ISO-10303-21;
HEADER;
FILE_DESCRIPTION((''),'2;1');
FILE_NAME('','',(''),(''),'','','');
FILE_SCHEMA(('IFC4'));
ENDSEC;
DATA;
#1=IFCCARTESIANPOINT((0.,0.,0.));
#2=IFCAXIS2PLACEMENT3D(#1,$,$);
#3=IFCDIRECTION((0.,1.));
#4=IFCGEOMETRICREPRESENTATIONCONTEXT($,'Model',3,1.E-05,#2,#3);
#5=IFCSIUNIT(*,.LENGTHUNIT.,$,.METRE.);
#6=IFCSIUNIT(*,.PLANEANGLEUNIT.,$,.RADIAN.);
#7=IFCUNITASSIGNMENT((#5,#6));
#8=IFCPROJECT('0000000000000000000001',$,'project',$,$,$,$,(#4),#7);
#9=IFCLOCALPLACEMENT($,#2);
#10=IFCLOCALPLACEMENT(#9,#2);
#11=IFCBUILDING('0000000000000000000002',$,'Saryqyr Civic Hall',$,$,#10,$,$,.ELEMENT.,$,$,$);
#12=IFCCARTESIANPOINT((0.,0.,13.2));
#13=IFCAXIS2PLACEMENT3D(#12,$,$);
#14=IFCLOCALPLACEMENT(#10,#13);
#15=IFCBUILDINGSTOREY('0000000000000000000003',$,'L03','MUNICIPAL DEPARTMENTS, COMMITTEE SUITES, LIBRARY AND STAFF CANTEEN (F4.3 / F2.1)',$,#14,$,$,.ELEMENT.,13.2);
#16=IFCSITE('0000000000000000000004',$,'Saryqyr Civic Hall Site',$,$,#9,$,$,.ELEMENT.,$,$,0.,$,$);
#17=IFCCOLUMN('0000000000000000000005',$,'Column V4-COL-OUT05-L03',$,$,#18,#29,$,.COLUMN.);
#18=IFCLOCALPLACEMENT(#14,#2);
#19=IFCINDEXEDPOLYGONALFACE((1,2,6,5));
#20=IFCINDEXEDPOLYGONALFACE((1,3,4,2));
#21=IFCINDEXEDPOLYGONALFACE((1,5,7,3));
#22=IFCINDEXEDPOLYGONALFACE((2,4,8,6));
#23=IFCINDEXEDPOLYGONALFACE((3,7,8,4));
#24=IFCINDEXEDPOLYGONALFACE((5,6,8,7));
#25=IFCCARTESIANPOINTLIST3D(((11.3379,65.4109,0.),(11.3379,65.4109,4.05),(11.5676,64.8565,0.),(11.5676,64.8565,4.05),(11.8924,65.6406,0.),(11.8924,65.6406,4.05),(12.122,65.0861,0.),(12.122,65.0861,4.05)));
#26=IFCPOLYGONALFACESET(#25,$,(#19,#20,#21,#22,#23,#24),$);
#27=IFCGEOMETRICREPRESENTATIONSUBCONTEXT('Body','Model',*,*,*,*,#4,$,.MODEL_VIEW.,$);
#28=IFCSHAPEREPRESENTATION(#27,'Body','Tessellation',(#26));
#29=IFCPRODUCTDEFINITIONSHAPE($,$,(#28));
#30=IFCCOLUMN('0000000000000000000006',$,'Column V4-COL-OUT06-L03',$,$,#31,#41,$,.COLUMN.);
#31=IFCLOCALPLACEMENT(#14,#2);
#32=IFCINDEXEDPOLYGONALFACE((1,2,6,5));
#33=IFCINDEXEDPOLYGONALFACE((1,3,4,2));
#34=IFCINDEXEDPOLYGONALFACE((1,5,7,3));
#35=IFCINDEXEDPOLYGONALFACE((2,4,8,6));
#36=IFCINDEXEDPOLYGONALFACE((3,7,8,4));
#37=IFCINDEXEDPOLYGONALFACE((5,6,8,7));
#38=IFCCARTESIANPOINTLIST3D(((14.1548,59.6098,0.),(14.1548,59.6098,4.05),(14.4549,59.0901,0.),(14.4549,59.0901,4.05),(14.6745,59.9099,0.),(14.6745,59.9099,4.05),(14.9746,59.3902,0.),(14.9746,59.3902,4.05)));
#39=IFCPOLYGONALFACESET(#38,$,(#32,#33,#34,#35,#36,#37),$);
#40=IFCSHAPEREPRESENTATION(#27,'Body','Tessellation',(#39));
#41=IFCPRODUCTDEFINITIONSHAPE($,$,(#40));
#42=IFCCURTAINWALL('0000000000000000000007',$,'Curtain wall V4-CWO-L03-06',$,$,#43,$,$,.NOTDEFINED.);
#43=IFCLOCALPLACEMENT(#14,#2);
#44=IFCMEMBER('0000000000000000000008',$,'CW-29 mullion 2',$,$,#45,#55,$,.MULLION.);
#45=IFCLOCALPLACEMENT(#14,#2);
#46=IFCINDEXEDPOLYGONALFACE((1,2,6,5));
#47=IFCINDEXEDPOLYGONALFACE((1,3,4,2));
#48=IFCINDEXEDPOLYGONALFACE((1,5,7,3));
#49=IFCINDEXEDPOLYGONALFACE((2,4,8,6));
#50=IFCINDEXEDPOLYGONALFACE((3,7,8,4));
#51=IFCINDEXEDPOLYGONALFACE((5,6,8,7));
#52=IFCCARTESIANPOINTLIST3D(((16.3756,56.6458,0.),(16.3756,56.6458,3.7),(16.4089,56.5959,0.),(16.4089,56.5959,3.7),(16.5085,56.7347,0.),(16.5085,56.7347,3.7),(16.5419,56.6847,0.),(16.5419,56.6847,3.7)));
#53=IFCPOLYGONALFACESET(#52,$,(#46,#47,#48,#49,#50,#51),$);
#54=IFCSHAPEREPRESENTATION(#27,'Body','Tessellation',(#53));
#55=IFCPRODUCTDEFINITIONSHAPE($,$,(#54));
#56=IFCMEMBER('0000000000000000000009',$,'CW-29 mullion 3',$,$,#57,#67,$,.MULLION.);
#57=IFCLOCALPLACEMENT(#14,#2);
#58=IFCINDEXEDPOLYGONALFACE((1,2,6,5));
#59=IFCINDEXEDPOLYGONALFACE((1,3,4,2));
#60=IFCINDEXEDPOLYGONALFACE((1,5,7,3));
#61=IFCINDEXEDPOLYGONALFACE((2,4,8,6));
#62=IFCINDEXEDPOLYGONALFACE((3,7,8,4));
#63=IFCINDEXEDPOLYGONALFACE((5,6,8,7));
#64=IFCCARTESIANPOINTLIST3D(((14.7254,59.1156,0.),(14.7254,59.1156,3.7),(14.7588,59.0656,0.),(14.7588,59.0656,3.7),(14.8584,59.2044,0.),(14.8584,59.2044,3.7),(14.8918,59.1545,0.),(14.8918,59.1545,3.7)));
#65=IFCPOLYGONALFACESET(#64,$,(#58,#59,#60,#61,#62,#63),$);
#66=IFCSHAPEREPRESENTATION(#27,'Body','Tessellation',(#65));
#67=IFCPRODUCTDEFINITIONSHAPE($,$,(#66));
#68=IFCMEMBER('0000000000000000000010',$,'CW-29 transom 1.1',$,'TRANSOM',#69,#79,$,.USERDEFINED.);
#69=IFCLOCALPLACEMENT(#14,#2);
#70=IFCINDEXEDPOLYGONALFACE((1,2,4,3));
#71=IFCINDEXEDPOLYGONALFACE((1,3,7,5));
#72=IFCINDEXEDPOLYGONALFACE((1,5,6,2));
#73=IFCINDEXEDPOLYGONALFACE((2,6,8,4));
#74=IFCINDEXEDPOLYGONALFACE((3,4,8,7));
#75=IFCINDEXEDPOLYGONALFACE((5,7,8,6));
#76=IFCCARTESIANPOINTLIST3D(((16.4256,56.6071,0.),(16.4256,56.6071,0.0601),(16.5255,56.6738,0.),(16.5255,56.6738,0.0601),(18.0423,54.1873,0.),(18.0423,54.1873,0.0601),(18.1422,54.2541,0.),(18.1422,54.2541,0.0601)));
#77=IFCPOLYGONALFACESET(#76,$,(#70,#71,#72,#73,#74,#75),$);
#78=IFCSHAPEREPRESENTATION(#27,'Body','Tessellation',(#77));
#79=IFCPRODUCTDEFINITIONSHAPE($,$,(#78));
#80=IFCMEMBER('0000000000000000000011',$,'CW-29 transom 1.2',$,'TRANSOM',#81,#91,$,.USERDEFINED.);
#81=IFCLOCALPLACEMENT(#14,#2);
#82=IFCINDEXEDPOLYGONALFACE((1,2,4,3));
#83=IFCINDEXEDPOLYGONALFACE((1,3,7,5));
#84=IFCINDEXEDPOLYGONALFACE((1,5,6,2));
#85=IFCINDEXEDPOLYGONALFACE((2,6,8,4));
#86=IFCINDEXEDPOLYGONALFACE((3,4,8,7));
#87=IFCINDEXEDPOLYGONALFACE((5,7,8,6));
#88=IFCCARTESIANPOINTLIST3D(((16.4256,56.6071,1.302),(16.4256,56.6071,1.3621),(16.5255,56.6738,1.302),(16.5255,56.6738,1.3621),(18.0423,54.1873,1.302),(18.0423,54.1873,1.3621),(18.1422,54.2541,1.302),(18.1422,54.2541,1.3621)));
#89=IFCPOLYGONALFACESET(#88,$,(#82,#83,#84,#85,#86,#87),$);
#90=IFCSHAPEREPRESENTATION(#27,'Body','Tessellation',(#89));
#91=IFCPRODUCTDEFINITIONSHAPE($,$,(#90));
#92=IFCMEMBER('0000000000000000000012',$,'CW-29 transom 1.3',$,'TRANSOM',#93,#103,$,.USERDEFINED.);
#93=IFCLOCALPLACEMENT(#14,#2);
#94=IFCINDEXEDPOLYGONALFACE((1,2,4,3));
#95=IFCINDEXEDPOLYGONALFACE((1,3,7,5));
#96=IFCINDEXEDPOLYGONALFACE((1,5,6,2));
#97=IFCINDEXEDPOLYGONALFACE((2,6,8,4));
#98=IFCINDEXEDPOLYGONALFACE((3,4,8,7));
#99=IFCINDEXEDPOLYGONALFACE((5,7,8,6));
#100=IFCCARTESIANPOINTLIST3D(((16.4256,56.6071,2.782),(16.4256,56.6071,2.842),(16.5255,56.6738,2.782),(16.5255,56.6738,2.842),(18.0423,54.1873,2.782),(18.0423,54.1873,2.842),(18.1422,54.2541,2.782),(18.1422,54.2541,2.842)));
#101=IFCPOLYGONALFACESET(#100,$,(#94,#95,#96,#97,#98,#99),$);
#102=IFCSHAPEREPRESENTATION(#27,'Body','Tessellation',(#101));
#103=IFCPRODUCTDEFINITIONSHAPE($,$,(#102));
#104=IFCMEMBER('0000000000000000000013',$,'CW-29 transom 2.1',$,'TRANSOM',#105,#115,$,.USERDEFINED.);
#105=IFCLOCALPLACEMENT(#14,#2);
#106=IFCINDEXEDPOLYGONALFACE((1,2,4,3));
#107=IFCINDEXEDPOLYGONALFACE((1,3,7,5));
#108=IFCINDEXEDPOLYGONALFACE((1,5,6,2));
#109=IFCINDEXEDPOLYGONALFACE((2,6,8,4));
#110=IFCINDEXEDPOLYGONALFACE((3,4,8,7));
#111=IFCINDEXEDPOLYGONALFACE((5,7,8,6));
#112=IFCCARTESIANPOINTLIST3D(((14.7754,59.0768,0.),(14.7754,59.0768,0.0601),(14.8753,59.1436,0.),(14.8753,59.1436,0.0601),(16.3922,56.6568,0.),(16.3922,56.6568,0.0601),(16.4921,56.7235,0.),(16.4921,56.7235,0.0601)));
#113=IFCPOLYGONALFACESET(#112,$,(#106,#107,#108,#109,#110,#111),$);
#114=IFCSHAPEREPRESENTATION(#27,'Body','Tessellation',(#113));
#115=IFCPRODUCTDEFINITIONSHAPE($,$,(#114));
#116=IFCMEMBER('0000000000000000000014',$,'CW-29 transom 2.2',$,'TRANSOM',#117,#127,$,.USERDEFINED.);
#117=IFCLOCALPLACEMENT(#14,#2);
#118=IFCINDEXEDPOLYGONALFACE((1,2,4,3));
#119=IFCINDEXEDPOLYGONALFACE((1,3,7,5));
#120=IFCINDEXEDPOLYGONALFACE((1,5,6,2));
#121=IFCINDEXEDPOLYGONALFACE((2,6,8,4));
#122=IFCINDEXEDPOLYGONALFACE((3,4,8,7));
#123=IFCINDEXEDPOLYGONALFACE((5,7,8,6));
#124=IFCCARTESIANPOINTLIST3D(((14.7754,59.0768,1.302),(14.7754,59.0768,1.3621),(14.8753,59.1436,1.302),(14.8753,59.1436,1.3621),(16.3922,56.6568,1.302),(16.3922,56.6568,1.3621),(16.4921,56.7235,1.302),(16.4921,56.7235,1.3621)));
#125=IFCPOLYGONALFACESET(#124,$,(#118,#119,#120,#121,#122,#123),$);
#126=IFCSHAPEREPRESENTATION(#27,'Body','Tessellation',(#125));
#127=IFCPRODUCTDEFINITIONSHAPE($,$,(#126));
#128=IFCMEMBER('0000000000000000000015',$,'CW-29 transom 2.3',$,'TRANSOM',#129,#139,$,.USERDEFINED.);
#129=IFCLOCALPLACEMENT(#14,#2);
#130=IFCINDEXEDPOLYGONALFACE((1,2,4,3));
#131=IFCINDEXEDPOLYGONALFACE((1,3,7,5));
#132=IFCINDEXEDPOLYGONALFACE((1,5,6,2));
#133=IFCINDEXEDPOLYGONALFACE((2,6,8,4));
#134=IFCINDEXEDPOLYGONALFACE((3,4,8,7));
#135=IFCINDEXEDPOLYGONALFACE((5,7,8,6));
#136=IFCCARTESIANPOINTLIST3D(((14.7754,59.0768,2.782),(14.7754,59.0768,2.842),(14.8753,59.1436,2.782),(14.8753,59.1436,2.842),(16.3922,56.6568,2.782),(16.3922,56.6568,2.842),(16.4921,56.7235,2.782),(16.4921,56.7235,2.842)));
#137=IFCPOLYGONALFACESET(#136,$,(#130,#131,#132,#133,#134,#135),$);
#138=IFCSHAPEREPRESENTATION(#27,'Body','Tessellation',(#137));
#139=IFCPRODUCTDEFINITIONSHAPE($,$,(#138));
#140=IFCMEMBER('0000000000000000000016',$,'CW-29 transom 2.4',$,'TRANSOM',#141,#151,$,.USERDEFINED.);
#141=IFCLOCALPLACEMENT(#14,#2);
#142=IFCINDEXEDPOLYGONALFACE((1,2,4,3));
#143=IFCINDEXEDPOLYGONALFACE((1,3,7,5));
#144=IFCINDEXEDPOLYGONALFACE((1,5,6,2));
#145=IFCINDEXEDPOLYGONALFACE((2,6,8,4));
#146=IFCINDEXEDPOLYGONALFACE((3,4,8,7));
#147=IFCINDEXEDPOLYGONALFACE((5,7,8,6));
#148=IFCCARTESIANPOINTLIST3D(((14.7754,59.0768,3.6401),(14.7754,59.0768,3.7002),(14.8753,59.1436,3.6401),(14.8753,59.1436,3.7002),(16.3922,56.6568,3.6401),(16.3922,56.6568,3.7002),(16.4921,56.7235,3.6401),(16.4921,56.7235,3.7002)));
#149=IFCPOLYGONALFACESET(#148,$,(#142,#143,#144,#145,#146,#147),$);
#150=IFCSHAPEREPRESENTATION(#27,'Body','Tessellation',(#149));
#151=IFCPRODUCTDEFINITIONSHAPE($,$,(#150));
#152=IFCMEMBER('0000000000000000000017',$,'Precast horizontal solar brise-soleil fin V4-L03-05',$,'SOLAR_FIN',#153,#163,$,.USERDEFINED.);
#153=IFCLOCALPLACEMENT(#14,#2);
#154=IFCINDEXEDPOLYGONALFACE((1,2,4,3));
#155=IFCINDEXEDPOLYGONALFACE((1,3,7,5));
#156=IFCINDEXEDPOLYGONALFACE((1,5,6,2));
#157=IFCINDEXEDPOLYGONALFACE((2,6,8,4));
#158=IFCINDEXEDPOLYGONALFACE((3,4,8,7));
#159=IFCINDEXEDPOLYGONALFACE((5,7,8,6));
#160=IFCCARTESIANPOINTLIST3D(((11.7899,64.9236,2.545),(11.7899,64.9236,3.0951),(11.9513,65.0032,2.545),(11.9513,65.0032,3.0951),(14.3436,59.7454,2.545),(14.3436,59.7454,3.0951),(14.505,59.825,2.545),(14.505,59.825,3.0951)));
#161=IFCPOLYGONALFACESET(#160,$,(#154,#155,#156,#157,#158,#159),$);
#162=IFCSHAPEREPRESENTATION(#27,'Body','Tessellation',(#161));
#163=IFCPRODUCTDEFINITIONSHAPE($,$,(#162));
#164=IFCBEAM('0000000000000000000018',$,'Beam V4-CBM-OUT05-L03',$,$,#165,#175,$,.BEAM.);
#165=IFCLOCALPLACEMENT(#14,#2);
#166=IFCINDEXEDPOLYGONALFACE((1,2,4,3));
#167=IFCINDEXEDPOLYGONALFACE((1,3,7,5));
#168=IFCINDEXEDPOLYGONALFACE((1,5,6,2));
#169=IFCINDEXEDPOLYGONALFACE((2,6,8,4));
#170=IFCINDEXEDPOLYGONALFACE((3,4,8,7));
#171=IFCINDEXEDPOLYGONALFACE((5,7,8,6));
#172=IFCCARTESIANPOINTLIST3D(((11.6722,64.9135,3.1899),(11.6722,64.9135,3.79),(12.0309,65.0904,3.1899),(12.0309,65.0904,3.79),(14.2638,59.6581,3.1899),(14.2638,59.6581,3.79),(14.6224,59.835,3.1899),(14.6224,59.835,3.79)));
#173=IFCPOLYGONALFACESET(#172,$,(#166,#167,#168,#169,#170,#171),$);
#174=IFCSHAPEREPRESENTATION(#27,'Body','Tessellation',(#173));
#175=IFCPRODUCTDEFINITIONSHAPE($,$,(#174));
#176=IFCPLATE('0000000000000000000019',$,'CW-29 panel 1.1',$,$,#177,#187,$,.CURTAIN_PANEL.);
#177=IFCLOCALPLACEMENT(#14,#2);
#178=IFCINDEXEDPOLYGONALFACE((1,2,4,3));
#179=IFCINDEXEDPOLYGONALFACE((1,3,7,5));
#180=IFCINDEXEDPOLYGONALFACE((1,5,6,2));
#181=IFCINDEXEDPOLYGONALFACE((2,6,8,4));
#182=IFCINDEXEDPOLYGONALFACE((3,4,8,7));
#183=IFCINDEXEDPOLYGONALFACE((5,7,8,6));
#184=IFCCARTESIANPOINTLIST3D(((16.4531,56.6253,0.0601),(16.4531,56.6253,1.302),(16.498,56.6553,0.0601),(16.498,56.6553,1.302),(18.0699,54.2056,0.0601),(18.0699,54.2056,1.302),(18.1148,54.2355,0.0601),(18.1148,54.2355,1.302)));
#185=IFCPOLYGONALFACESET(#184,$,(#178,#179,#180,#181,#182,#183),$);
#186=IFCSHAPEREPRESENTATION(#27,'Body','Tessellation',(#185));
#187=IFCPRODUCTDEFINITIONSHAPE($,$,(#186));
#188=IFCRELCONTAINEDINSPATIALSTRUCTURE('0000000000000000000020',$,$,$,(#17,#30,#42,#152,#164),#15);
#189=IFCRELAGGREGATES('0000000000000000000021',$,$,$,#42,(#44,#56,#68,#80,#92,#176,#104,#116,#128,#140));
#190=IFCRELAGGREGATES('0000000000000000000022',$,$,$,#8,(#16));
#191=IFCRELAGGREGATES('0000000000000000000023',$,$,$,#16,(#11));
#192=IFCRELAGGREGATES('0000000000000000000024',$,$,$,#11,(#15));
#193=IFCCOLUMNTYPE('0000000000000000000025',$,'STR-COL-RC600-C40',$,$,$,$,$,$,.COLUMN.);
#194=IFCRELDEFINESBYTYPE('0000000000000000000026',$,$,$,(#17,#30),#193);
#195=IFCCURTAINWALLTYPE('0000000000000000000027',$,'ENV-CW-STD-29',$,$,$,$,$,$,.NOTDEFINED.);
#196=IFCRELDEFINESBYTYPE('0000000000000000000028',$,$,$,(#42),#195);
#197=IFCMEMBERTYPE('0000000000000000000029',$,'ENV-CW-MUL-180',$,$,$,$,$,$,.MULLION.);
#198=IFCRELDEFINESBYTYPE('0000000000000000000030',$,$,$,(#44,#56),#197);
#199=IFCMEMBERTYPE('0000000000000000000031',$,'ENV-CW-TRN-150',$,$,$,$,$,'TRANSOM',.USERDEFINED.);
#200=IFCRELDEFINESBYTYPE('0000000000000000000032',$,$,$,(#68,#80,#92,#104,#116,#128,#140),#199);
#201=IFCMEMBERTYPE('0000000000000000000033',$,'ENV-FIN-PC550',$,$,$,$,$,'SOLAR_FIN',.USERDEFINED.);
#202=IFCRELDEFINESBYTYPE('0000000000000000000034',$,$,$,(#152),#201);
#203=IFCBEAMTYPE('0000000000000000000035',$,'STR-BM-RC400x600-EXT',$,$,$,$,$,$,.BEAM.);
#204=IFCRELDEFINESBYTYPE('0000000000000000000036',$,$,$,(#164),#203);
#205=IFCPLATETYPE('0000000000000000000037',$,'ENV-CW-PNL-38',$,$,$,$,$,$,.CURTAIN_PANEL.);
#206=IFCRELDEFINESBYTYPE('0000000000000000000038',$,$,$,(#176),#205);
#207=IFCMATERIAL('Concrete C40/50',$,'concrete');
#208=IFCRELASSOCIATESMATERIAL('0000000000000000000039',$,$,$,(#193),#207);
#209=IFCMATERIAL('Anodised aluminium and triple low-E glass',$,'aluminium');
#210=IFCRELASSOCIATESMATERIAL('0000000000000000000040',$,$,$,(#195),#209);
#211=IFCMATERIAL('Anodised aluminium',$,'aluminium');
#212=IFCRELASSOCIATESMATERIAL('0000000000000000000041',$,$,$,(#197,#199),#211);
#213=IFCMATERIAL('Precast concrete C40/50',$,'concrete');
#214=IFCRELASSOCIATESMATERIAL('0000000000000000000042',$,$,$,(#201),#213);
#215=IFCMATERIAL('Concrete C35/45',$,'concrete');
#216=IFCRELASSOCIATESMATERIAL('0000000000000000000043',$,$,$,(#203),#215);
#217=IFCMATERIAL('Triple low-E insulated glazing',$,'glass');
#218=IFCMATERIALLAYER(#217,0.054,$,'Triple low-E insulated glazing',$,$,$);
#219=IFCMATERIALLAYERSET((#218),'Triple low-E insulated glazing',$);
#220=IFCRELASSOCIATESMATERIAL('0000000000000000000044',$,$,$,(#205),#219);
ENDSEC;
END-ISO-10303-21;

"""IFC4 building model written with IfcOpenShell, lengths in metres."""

from ifc_helpers import new_model, si_unit, direction, frame, origin, origin_2d, place, context, subcontext, project, spatial, rectangle, extrude, material, layer, layer_set, material_profile, profile_set, type_object, element, aggregate, save


model = new_model("IFC4")

# Units and contexts
model_context = context("Model", 3, precision=1e-05, world=origin(), true_north=direction((0.0, 1.0)))
body_context = subcontext(model_context, "Body", "Model", "MODEL_VIEW")
ifc_project = project(units=[si_unit("LENGTHUNIT", "METRE"), si_unit("PLANEANGLEUNIT", "RADIAN")], contexts=[model_context])

# Site, building, storey
site_placement = place(None, origin())
site = spatial("IfcSite", under=ifc_project, at=site_placement, Name="Saryqyr Civic Hall Site", CompositionType="ELEMENT", RefElevation=0.0)
building_placement = place(site_placement, origin())
building = spatial("IfcBuilding", under=site, at=building_placement, Name="Saryqyr Civic Hall", CompositionType="ELEMENT")
storey_placement = place(building_placement, frame((0.0, 0.0, 13.2)))
storey = spatial("IfcBuildingStorey", under=building, at=storey_placement, Name="L03", Description="MUNICIPAL DEPARTMENTS, COMMITTEE SUITES, LIBRARY AND STAFF CANTEEN (F4.3 / F2.1)", CompositionType="ELEMENT", Elevation=13.2)

# Columns
ifc_material_1 = material(Name="Concrete C40/50", Category="concrete")
ifc_material_profile_1 = material_profile(ifc_material_1, rectangle(XDim=0.6001, YDim=0.6001, at=origin_2d()), Name="RC 600x600")
ifc_profile_set_1 = profile_set([ifc_material_profile_1], Name="Concrete C40/50")
column_type = type_object("IfcColumnType", Name="STR-COL-RC600-C40", PredefinedType="COLUMN", material=ifc_profile_set_1)
for number, where, z_axis, x_axis, name in (
    (1, (11.73, 65.2485, 0.0), (0.0, 0.0, 1.0), (-0.92388, -0.382683, 0.0), "Column V4-COL-OUT05-L03"),
    (2, (14.5647, 59.5, 0.0), (0.0, 0.0, 1.0), (-0.866025, -0.5, 0.0), "Column V4-COL-OUT06-L03"),
):
    element("IfcColumn", number, at=place(storey_placement, frame(where, z_axis=z_axis, x_axis=x_axis)), inside=storey, type_object=column_type, Name=name, PredefinedType="COLUMN", context=body_context, shape_type="SweptSolid", body=[
        extrude(rectangle(XDim=0.6001, YDim=0.6001, at=origin_2d()), origin(), (0.0, 0.0, 1.0), 4.05),
    ])

# Curtain wall, members
ifc_material_2 = material(Name="Anodised aluminium and triple low-E glass", Category="aluminium")
curtain_wall_type = type_object("IfcCurtainWallType", Name="ENV-CW-STD-29", PredefinedType="NOTDEFINED", material=ifc_material_2)
curtain_wall_placement = place(storey_placement, origin())
curtain_wall = element("IfcCurtainWall", 3, at=curtain_wall_placement, inside=storey, type_object=curtain_wall_type, Name="Curtain wall V4-CWO-L03-06", PredefinedType="NOTDEFINED")
ifc_material_3 = material(Name="Anodised aluminium", Category="aluminium")
ifc_material_profile_2 = material_profile(ifc_material_3, rectangle(XDim=0.0601, YDim=0.1599, at=origin_2d()), Name="ALU MULLION 60x160")
ifc_profile_set_2 = profile_set([ifc_material_profile_2], Name="Anodised aluminium")
member_type_1 = type_object("IfcMemberType", Name="ENV-CW-MUL-180", PredefinedType="MULLION", material=ifc_profile_set_2)
member_1_placement = place(storey_placement, frame((16.4587, 56.6653, 0.0), z_axis=(0.0, 0.0, 1.0), x_axis=(-0.555565, 0.831473, 0.0)))
member_1 = element("IfcMember", 4, at=member_1_placement, type_object=member_type_1, Name="CW-29 mullion 2", PredefinedType="MULLION", context=body_context, shape_type="SweptSolid", body=[
    extrude(rectangle(XDim=0.0601, YDim=0.1599, at=origin_2d()), origin(), (0.0, 0.0, 1.0), 3.7),
])
member_2_placement = place(storey_placement, frame((14.8086, 59.135, 0.0), z_axis=(0.0, 0.0, 1.0), x_axis=(-0.555565, 0.831473, 0.0)))
member_2 = element("IfcMember", 5, at=member_2_placement, type_object=member_type_1, Name="CW-29 mullion 3", PredefinedType="MULLION", context=body_context, shape_type="SweptSolid", body=[
    extrude(rectangle(XDim=0.0601, YDim=0.1599, at=origin_2d()), origin(), (0.0, 0.0, 1.0), 3.7),
])
ifc_material_profile_3 = material_profile(ifc_material_3, rectangle(XDim=0.1201, YDim=0.0601, at=origin_2d()), Name="ALU TRANSOM 120x60")
ifc_profile_set_3 = profile_set([ifc_material_profile_3], Name="Anodised aluminium")
member_type_2 = type_object("IfcMemberType", Name="ENV-CW-TRN-150", ElementType="TRANSOM", PredefinedType="USERDEFINED", material=ifc_profile_set_3)
member_3_placement = place(storey_placement, frame((18.0923, 54.2207, 0.03), z_axis=(-0.555552, 0.831482, 0.0), x_axis=(-0.831482, -0.555552, 0.0)))
member_3 = element("IfcMember", 6, at=member_3_placement, type_object=member_type_2, Name="CW-29 transom 1.1", ObjectType="TRANSOM", PredefinedType="USERDEFINED", context=body_context, shape_type="SweptSolid", body=[
    extrude(rectangle(XDim=0.1201, YDim=0.0601, at=origin_2d()), origin(), (0.0, 0.0, 1.0), 2.9102),
])
member_4_placement = place(storey_placement, frame((18.0923, 54.2207, 1.332), z_axis=(-0.555552, 0.831482, 0.0), x_axis=(-0.831482, -0.555552, 0.0)))
member_4 = element("IfcMember", 7, at=member_4_placement, type_object=member_type_2, Name="CW-29 transom 1.2", ObjectType="TRANSOM", PredefinedType="USERDEFINED", context=body_context, shape_type="SweptSolid", body=[
    extrude(rectangle(XDim=0.1201, YDim=0.0601, at=origin_2d()), origin(), (0.0, 0.0, 1.0), 2.9102),
])
member_5_placement = place(storey_placement, frame((18.0923, 54.2207, 2.812), z_axis=(-0.555552, 0.831482, 0.0), x_axis=(-0.831482, -0.555552, 0.0)))
member_5 = element("IfcMember", 8, at=member_5_placement, type_object=member_type_2, Name="CW-29 transom 1.3", ObjectType="TRANSOM", PredefinedType="USERDEFINED", context=body_context, shape_type="SweptSolid", body=[
    extrude(rectangle(XDim=0.1201, YDim=0.0601, at=origin_2d()), origin(), (0.0, 0.0, 1.0), 2.9102),
])
member_6_placement = place(storey_placement, frame((16.4421, 56.6902, 0.03), z_axis=(-0.555513, 0.831508, 0.0), x_axis=(-0.831508, -0.555513, 0.0)))
member_6 = element("IfcMember", 9, at=member_6_placement, type_object=member_type_2, Name="CW-29 transom 2.1", ObjectType="TRANSOM", PredefinedType="USERDEFINED", context=body_context, shape_type="SweptSolid", body=[
    extrude(rectangle(XDim=0.1201, YDim=0.0601, at=origin_2d()), origin(), (0.0, 0.0, 1.0), 2.9104),
])
member_7_placement = place(storey_placement, frame((16.4421, 56.6902, 1.332), z_axis=(-0.555513, 0.831508, 0.0), x_axis=(-0.831508, -0.555513, 0.0)))
member_7 = element("IfcMember", 10, at=member_7_placement, type_object=member_type_2, Name="CW-29 transom 2.2", ObjectType="TRANSOM", PredefinedType="USERDEFINED", context=body_context, shape_type="SweptSolid", body=[
    extrude(rectangle(XDim=0.1201, YDim=0.0601, at=origin_2d()), origin(), (0.0, 0.0, 1.0), 2.9104),
])
member_8_placement = place(storey_placement, frame((16.4421, 56.6902, 2.812), z_axis=(-0.555513, 0.831508, 0.0), x_axis=(-0.831508, -0.555513, 0.0)))
member_8 = element("IfcMember", 11, at=member_8_placement, type_object=member_type_2, Name="CW-29 transom 2.3", ObjectType="TRANSOM", PredefinedType="USERDEFINED", context=body_context, shape_type="SweptSolid", body=[
    extrude(rectangle(XDim=0.1201, YDim=0.0601, at=origin_2d()), origin(), (0.0, 0.0, 1.0), 2.9104),
])
member_9_placement = place(storey_placement, frame((16.4421, 56.6902, 3.6702), z_axis=(-0.555513, 0.831508, 0.0), x_axis=(-0.831508, -0.555513, 0.0)))
member_9 = element("IfcMember", 12, at=member_9_placement, type_object=member_type_2, Name="CW-29 transom 2.4", ObjectType="TRANSOM", PredefinedType="USERDEFINED", context=body_context, shape_type="SweptSolid", body=[
    extrude(rectangle(XDim=0.1201, YDim=0.0601, at=origin_2d()), origin(), (0.0, 0.0, 1.0), 2.9104),
])

# Member
ifc_material_4 = material(Name="Precast concrete C40/50", Category="concrete")
ifc_material_profile_4 = material_profile(ifc_material_4, rectangle(XDim=0.1799, YDim=0.55, at=origin_2d()), Name="PC FIN 180x550")
ifc_profile_set_4 = profile_set([ifc_material_profile_4], Name="Precast concrete C40/50")
member_type_3 = type_object("IfcMemberType", Name="ENV-FIN-PC550", ElementType="SOLAR_FIN", PredefinedType="USERDEFINED", material=ifc_profile_set_4)
member_10_placement = place(storey_placement, frame((11.8706, 64.9634, 2.8201), z_axis=(0.442302, -0.896866, 0.0), x_axis=(0.896866, 0.442302, 0.0)))
element("IfcMember", 13, at=member_10_placement, inside=storey, type_object=member_type_3, Name="Precast horizontal solar brise-soleil fin V4-L03-05", ObjectType="SOLAR_FIN", PredefinedType="USERDEFINED", context=body_context, shape_type="SweptSolid", body=[
    extrude(rectangle(XDim=0.1799, YDim=0.55, at=origin_2d()), origin(), (0.0, 0.0, 1.0), 5.7737),
])

# Beam
ifc_material_5 = material(Name="Concrete C35/45", Category="concrete")
ifc_material_profile_5 = material_profile(ifc_material_5, rectangle(XDim=0.3999, YDim=0.6001, at=origin_2d()), Name="RC 400x600")
ifc_profile_set_5 = profile_set([ifc_material_profile_5], Name="Concrete C35/45")
beam_type = type_object("IfcBeamType", Name="STR-BM-RC400x600-EXT", PredefinedType="BEAM", material=ifc_profile_set_5)
beam_placement = place(storey_placement, frame((11.8516, 65.002, 3.49), z_axis=(0.442274, -0.89688, 0.0), x_axis=(0.89688, 0.442274, 0.0)))
element("IfcBeam", 14, at=beam_placement, inside=storey, type_object=beam_type, Name="Beam V4-CBM-OUT05-L03", PredefinedType="BEAM", context=body_context, shape_type="SweptSolid", body=[
    extrude(rectangle(XDim=0.3999, YDim=0.6001, at=origin_2d()), origin(), (0.0, 0.0, 1.0), 5.8596),
])

# Plate
ifc_material_6 = material(Name="Triple low-E insulated glazing", Category="glass")
ifc_layer_1 = layer(ifc_material_6, 0.054, Name="Triple low-E insulated glazing")
ifc_layer_set_1 = layer_set([ifc_layer_1], Name="Triple low-E insulated glazing")
plate_type = type_object("IfcPlateType", Name="ENV-CW-PNL-38", PredefinedType="CURTAIN_PANEL", material=ifc_layer_set_1)
plate_1_placement = place(storey_placement, frame((17.2839, 55.4304, 0.0601), z_axis=(0.0, 0.0, 1.0), x_axis=(-0.555565, 0.831473, 0.0)))
plate_1 = element("IfcPlate", 15, at=plate_1_placement, type_object=plate_type, Name="CW-29 panel 1.1", PredefinedType="CURTAIN_PANEL", context=body_context, shape_type="SweptSolid", body=[
    extrude(rectangle(XDim=2.9102, YDim=0.054, at=origin_2d()), origin(), (0.0, 0.0, 1.0), 1.2419),
])
aggregate(curtain_wall, [member_1, member_2, member_3, member_4, member_5, plate_1, member_6, member_7, member_8, member_9])

save(model, "model.ifc")
